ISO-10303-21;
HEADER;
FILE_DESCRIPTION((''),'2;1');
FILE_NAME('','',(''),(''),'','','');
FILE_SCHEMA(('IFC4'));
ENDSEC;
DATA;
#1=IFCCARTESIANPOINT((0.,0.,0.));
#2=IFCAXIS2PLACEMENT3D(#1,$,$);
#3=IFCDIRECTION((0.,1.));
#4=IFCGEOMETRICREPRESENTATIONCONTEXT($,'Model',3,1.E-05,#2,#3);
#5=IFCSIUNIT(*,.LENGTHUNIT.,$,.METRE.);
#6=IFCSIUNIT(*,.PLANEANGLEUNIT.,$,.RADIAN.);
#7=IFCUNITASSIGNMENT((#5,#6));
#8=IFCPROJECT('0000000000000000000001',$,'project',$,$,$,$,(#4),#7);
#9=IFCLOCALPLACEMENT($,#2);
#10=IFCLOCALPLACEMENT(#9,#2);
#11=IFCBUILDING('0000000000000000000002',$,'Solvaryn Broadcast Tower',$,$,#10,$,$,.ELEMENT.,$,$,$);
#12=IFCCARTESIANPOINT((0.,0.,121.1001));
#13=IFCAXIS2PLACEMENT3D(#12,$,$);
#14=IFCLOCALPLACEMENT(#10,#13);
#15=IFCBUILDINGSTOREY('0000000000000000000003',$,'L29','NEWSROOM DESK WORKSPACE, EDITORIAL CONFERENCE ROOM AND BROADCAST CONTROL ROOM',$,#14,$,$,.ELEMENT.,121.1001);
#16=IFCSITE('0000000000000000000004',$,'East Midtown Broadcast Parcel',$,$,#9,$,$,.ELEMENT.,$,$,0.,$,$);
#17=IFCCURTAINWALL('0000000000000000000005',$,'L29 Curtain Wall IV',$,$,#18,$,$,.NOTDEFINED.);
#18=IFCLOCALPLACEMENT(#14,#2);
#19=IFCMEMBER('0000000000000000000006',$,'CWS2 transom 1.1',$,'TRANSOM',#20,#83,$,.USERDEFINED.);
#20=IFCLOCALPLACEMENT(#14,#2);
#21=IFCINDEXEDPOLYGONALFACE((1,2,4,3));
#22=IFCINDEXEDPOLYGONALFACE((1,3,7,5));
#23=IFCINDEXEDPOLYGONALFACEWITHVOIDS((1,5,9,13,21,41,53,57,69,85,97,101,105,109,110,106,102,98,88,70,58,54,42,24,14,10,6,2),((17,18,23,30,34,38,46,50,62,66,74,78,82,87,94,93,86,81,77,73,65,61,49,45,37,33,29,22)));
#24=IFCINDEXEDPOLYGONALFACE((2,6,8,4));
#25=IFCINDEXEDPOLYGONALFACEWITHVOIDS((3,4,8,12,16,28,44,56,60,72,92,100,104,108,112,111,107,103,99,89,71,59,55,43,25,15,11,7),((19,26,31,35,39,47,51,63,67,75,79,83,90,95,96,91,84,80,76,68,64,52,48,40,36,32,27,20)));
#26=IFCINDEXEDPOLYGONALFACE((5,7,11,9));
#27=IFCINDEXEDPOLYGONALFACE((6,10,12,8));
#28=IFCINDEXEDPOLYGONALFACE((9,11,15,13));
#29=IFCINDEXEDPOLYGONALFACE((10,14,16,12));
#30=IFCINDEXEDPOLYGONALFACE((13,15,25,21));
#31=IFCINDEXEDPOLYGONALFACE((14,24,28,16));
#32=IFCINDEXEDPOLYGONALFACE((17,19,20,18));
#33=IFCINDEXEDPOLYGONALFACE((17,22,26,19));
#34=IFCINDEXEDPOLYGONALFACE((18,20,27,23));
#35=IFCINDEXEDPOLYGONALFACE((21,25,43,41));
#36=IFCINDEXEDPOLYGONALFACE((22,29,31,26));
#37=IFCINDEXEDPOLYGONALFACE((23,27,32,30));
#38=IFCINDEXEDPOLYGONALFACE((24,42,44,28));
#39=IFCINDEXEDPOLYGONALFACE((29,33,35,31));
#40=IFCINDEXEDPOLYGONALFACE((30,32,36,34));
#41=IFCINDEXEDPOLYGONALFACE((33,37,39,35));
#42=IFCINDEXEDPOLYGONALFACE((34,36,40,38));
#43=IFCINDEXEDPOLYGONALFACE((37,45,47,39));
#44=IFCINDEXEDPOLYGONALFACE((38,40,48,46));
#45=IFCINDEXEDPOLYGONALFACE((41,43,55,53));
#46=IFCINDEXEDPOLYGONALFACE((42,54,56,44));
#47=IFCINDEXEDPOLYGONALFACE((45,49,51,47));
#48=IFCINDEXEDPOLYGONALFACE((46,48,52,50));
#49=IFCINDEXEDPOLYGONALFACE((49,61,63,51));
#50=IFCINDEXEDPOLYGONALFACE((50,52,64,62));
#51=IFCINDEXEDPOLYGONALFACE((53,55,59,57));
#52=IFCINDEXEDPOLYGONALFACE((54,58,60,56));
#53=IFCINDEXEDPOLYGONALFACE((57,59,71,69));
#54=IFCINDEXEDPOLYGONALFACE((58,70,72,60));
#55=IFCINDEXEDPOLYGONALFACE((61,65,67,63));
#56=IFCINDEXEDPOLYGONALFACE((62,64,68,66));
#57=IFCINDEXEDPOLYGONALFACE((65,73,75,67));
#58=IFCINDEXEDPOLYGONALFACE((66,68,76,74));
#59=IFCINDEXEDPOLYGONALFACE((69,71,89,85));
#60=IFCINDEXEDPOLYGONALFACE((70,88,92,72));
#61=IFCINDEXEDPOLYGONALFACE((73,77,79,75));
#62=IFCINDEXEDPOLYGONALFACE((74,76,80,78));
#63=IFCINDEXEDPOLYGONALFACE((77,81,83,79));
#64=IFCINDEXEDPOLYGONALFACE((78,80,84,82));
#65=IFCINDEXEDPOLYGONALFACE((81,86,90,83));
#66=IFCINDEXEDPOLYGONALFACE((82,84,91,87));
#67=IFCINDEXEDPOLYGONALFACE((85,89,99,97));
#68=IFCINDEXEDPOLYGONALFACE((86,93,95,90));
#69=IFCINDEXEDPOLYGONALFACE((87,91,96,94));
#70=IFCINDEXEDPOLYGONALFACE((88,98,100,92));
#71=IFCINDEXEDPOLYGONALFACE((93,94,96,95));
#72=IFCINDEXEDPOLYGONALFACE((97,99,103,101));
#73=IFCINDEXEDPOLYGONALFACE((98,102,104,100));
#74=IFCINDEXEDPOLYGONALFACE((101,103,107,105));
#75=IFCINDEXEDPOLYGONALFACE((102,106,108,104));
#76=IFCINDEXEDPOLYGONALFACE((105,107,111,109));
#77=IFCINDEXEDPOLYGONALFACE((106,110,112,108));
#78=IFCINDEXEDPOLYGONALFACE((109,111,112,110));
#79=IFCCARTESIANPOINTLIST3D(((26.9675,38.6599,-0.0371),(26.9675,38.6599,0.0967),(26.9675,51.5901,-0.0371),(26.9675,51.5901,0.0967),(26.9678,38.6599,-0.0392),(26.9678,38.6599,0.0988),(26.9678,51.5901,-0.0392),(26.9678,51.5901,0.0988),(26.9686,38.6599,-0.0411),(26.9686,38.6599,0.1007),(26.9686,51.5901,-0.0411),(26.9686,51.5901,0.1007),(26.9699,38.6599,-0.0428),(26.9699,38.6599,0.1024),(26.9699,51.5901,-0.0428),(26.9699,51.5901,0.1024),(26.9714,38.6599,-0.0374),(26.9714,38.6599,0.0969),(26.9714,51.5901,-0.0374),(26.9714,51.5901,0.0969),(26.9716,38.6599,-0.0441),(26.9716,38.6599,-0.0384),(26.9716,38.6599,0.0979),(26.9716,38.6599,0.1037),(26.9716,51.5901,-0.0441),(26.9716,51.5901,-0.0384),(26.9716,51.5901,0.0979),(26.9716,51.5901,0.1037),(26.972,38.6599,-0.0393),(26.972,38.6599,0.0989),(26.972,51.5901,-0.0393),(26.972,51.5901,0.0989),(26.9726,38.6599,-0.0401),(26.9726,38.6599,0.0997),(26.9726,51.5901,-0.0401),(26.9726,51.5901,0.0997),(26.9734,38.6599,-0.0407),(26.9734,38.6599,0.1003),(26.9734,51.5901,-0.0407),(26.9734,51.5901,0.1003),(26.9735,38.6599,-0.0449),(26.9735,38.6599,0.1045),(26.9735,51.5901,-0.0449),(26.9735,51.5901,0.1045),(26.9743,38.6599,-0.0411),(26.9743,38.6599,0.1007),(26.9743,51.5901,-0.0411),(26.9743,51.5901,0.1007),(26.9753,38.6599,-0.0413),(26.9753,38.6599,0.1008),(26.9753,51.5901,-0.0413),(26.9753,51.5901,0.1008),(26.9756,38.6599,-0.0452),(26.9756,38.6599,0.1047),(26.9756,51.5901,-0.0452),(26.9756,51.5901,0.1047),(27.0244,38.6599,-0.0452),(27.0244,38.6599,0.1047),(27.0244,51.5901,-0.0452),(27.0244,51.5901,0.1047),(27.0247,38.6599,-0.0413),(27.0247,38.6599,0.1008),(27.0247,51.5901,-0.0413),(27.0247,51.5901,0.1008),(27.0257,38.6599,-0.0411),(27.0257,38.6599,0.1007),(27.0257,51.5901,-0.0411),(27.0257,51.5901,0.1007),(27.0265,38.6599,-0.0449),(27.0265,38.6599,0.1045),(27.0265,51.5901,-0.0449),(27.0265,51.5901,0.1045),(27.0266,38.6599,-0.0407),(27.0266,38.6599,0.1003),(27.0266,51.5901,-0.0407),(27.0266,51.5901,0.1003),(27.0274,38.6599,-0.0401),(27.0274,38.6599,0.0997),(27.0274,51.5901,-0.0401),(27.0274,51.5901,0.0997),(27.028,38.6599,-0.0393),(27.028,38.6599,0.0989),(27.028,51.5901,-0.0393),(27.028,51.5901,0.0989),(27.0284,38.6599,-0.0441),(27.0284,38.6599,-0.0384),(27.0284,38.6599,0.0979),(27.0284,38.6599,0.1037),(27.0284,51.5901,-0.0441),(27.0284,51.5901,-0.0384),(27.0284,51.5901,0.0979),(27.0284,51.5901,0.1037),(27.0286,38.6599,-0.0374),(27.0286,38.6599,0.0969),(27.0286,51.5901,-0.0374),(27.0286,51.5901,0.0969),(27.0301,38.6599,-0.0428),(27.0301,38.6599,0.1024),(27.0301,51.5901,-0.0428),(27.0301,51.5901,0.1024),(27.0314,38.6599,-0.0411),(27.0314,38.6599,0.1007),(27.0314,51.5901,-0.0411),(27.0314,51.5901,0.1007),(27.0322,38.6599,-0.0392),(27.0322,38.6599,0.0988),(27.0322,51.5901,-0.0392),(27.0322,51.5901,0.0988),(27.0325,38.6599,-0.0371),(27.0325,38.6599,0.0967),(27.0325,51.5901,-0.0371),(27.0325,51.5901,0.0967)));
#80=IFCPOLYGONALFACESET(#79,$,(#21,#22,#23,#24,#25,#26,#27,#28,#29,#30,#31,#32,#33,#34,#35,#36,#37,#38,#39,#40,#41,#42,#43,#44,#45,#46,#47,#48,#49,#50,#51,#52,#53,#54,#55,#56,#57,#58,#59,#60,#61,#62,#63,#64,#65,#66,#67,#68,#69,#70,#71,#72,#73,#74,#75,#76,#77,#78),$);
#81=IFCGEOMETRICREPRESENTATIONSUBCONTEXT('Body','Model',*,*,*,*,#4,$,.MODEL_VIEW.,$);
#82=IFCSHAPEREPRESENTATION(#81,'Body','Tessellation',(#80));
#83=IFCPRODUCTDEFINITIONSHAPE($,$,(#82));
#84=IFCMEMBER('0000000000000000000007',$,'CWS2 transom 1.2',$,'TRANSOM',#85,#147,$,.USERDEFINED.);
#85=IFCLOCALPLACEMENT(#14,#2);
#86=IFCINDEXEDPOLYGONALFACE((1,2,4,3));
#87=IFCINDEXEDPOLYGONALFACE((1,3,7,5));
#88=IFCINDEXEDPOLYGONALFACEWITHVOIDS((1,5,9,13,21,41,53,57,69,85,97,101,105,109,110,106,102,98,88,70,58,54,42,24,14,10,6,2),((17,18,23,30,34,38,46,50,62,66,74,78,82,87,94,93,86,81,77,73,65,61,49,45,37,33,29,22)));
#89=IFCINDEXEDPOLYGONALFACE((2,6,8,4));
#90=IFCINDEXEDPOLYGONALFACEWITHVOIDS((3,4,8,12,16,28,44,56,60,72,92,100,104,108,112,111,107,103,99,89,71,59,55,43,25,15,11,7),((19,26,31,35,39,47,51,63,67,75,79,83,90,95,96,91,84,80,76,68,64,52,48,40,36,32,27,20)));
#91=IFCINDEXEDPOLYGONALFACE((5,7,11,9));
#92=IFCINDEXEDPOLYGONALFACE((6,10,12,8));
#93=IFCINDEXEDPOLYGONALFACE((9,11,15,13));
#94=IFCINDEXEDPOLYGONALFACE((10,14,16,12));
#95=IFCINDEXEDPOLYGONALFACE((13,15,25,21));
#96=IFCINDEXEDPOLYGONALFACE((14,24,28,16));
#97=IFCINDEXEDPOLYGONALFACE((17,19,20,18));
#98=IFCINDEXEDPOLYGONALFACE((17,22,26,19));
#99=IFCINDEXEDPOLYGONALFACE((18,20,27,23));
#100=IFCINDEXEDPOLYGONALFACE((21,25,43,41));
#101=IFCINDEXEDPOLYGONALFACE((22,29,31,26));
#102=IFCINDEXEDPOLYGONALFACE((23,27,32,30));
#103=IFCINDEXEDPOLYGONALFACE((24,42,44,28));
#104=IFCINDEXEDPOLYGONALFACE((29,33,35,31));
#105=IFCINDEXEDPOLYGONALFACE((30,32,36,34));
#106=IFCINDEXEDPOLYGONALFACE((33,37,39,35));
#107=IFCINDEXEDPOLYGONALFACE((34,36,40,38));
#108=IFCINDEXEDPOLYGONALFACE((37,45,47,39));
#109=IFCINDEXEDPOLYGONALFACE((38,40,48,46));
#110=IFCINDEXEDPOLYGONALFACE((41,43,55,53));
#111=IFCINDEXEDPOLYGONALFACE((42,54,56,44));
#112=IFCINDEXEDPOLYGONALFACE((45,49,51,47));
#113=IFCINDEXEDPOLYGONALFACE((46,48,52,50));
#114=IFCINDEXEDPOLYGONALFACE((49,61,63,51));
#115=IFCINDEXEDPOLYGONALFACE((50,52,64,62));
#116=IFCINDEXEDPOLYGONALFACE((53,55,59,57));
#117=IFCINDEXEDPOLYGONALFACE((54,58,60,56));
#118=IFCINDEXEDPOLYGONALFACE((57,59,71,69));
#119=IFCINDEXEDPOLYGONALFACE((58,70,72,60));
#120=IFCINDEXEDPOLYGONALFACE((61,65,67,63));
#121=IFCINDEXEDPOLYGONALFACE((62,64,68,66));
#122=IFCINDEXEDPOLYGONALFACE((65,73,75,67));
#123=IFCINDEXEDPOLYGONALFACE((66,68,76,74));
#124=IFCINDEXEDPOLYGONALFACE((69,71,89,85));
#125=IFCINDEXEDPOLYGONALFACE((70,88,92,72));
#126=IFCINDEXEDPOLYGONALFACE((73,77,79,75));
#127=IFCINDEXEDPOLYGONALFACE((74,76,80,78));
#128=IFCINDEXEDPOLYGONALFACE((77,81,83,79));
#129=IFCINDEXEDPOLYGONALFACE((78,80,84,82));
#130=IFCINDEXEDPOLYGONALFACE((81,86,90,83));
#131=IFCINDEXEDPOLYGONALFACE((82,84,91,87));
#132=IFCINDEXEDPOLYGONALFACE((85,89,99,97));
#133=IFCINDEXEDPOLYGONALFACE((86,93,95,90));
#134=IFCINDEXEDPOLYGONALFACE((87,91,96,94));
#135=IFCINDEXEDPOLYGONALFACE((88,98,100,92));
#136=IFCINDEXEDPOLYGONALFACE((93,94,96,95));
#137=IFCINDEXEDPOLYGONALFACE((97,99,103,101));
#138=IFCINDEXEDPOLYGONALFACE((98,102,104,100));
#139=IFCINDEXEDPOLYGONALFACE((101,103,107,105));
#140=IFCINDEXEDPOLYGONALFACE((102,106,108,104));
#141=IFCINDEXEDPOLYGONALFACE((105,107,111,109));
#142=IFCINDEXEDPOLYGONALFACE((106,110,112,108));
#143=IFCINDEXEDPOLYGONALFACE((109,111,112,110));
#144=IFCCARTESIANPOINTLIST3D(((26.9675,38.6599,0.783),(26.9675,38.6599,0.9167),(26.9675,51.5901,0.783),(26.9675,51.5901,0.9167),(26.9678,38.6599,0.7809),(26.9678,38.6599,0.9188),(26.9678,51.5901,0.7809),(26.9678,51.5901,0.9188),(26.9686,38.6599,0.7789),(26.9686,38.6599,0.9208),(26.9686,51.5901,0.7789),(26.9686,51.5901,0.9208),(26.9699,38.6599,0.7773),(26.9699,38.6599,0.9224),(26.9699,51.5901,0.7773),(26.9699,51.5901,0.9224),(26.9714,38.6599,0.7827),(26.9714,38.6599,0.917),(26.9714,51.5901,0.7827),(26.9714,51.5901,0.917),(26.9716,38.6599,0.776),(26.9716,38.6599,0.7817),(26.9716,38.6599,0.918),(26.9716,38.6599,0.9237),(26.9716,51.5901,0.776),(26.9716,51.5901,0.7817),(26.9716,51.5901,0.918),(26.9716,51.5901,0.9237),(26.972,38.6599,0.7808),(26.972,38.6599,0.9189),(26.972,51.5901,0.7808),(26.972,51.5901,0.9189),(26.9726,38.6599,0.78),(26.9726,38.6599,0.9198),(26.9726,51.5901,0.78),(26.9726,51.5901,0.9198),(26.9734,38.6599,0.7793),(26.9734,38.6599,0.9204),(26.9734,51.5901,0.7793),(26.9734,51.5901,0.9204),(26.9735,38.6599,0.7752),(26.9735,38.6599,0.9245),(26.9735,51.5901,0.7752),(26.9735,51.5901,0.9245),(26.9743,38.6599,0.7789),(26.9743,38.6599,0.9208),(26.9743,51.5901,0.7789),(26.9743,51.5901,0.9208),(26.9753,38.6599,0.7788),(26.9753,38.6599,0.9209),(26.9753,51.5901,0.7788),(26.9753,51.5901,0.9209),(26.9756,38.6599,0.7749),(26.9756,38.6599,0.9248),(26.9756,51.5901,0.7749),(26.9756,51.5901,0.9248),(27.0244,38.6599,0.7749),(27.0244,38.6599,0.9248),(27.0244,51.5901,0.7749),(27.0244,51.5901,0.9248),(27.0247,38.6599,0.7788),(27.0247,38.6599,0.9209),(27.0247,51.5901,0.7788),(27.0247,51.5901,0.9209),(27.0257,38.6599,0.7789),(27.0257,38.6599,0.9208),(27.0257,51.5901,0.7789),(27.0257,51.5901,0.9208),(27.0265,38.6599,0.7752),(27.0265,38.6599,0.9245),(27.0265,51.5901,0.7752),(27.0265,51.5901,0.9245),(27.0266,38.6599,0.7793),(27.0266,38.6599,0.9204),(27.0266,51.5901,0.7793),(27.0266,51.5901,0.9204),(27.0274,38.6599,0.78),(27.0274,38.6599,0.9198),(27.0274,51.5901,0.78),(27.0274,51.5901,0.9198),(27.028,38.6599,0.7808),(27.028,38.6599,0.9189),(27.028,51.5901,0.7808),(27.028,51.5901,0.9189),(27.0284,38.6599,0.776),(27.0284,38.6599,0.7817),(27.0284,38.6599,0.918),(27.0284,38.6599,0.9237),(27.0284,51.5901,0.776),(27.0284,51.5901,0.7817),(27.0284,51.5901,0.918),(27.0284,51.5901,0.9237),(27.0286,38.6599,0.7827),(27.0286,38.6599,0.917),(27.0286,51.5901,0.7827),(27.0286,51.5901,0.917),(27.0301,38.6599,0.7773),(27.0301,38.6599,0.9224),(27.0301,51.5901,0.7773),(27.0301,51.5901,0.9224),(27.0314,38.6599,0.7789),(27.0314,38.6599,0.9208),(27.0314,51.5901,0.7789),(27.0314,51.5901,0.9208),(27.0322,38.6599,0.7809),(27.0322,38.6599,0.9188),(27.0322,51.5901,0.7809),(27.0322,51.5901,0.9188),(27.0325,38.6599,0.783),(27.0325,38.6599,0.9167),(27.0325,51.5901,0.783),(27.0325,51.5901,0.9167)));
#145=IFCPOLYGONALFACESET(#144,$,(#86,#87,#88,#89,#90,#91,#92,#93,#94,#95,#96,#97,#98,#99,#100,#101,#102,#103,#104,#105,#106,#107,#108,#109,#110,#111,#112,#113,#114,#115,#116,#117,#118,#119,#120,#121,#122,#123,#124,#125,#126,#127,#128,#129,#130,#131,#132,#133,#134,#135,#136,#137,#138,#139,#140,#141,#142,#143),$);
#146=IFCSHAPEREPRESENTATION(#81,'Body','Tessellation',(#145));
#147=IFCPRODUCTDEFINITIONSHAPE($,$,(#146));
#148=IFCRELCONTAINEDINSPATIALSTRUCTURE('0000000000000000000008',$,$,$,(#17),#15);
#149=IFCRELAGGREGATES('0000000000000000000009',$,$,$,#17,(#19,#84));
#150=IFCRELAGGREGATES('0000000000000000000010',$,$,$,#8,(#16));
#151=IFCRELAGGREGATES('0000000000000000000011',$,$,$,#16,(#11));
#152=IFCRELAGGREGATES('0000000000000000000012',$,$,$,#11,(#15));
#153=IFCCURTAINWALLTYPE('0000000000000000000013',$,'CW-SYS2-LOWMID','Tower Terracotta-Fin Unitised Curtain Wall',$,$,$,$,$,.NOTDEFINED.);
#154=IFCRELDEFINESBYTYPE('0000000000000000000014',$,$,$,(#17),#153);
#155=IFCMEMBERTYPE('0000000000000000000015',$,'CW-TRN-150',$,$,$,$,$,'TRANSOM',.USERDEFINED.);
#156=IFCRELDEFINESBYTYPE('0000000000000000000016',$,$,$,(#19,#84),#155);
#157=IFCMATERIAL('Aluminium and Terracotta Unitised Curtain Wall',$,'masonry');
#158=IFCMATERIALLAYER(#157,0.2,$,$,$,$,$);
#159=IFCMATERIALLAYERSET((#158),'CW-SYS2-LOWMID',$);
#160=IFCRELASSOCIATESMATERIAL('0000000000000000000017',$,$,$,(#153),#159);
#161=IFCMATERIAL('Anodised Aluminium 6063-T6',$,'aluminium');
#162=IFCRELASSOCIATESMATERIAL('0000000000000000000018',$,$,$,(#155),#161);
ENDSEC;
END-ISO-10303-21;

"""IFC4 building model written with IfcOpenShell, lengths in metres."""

from ifc_helpers import new_model, si_unit, direction, frame, origin, origin_2d, place, context, subcontext, project, spatial, hollow_rectangle, extrude, material, layer, layer_set, material_profile, profile_set, type_object, element, aggregate, save


model = new_model("IFC4")

# Units and contexts
model_context = context("Model", 3, precision=1e-05, world=origin(), true_north=direction((0.0, 1.0)))
body_context = subcontext(model_context, "Body", "Model", "MODEL_VIEW")
ifc_project = project(units=[si_unit("LENGTHUNIT", "METRE"), si_unit("PLANEANGLEUNIT", "RADIAN")], contexts=[model_context])

# Site, building, storey
site_placement = place(None, origin())
site = spatial("IfcSite", under=ifc_project, at=site_placement, Name="East Midtown Broadcast Parcel", CompositionType="ELEMENT", RefElevation=0.0)
building_placement = place(site_placement, origin())
building = spatial("IfcBuilding", under=site, at=building_placement, Name="Solvaryn Broadcast Tower", CompositionType="ELEMENT")
storey_placement = place(building_placement, frame((0.0, 0.0, 121.1001)))
storey = spatial("IfcBuildingStorey", under=building, at=storey_placement, Name="L29", Description="NEWSROOM DESK WORKSPACE, EDITORIAL CONFERENCE ROOM AND BROADCAST CONTROL ROOM", CompositionType="ELEMENT", Elevation=121.1001)

# Curtain wall
ifc_material_1 = material(Name="Aluminium and Terracotta Unitised Curtain Wall", Category="masonry")
ifc_layer_1 = layer(ifc_material_1, 0.2)
ifc_layer_set_1 = layer_set([ifc_layer_1], Name="CW-SYS2-LOWMID")
curtain_wall_type = type_object("IfcCurtainWallType", Name="CW-SYS2-LOWMID", Description="Tower Terracotta-Fin Unitised Curtain Wall", PredefinedType="NOTDEFINED", material=ifc_layer_set_1)
curtain_wall_1_placement = place(storey_placement, origin())
curtain_wall_1 = element("IfcCurtainWall", 1, at=curtain_wall_1_placement, inside=storey, type_object=curtain_wall_type, Name="L29 Curtain Wall IV", PredefinedType="NOTDEFINED")

# Members
ifc_material_2 = material(Name="Anodised Aluminium 6063-T6", Category="aluminium")
ifc_material_profile_1 = material_profile(ifc_material_2, hollow_rectangle(XDim=0.0649, YDim=0.1499, WallThickness=0.0039, InnerFilletRadius=0.0039, OuterFilletRadius=0.0081, at=origin_2d()))
ifc_profile_set_1 = profile_set([ifc_material_profile_1], Name="Anodised Aluminium 6063-T6")
member_type_1 = type_object("IfcMemberType", Name="CW-TRN-150", ElementType="TRANSOM", PredefinedType="USERDEFINED", material=ifc_profile_set_1)
member_1_placement = place(storey_placement, frame((27.0, 51.5901, 0.0298), z_axis=(0.0, -1.0, 0.0), x_axis=(1.0, 0.0, 0.0)))
member_1 = element("IfcMember", 2, at=member_1_placement, type_object=member_type_1, Name="CWS2 transom 1.1", ObjectType="TRANSOM", PredefinedType="USERDEFINED", context=body_context, shape_type="SweptSolid", body=[
    extrude(hollow_rectangle(XDim=0.0649, YDim=0.1499, WallThickness=0.0039, InnerFilletRadius=0.0039, OuterFilletRadius=0.0081, at=origin_2d()), origin(), (0.0, 0.0, 1.0), 12.9302),
])
member_2_placement = place(storey_placement, frame((27.0, 51.5901, 0.8499), z_axis=(0.0, -1.0, 0.0), x_axis=(1.0, 0.0, 0.0)))
member_2 = element("IfcMember", 3, at=member_2_placement, type_object=member_type_1, Name="CWS2 transom 1.2", ObjectType="TRANSOM", PredefinedType="USERDEFINED", context=body_context, shape_type="SweptSolid", body=[
    extrude(hollow_rectangle(XDim=0.0649, YDim=0.1499, WallThickness=0.0039, InnerFilletRadius=0.0039, OuterFilletRadius=0.0081, at=origin_2d()), origin(), (0.0, 0.0, 1.0), 12.9302),
])

aggregate(curtain_wall_1, [member_1, member_2])

save(model, "model.ifc")
